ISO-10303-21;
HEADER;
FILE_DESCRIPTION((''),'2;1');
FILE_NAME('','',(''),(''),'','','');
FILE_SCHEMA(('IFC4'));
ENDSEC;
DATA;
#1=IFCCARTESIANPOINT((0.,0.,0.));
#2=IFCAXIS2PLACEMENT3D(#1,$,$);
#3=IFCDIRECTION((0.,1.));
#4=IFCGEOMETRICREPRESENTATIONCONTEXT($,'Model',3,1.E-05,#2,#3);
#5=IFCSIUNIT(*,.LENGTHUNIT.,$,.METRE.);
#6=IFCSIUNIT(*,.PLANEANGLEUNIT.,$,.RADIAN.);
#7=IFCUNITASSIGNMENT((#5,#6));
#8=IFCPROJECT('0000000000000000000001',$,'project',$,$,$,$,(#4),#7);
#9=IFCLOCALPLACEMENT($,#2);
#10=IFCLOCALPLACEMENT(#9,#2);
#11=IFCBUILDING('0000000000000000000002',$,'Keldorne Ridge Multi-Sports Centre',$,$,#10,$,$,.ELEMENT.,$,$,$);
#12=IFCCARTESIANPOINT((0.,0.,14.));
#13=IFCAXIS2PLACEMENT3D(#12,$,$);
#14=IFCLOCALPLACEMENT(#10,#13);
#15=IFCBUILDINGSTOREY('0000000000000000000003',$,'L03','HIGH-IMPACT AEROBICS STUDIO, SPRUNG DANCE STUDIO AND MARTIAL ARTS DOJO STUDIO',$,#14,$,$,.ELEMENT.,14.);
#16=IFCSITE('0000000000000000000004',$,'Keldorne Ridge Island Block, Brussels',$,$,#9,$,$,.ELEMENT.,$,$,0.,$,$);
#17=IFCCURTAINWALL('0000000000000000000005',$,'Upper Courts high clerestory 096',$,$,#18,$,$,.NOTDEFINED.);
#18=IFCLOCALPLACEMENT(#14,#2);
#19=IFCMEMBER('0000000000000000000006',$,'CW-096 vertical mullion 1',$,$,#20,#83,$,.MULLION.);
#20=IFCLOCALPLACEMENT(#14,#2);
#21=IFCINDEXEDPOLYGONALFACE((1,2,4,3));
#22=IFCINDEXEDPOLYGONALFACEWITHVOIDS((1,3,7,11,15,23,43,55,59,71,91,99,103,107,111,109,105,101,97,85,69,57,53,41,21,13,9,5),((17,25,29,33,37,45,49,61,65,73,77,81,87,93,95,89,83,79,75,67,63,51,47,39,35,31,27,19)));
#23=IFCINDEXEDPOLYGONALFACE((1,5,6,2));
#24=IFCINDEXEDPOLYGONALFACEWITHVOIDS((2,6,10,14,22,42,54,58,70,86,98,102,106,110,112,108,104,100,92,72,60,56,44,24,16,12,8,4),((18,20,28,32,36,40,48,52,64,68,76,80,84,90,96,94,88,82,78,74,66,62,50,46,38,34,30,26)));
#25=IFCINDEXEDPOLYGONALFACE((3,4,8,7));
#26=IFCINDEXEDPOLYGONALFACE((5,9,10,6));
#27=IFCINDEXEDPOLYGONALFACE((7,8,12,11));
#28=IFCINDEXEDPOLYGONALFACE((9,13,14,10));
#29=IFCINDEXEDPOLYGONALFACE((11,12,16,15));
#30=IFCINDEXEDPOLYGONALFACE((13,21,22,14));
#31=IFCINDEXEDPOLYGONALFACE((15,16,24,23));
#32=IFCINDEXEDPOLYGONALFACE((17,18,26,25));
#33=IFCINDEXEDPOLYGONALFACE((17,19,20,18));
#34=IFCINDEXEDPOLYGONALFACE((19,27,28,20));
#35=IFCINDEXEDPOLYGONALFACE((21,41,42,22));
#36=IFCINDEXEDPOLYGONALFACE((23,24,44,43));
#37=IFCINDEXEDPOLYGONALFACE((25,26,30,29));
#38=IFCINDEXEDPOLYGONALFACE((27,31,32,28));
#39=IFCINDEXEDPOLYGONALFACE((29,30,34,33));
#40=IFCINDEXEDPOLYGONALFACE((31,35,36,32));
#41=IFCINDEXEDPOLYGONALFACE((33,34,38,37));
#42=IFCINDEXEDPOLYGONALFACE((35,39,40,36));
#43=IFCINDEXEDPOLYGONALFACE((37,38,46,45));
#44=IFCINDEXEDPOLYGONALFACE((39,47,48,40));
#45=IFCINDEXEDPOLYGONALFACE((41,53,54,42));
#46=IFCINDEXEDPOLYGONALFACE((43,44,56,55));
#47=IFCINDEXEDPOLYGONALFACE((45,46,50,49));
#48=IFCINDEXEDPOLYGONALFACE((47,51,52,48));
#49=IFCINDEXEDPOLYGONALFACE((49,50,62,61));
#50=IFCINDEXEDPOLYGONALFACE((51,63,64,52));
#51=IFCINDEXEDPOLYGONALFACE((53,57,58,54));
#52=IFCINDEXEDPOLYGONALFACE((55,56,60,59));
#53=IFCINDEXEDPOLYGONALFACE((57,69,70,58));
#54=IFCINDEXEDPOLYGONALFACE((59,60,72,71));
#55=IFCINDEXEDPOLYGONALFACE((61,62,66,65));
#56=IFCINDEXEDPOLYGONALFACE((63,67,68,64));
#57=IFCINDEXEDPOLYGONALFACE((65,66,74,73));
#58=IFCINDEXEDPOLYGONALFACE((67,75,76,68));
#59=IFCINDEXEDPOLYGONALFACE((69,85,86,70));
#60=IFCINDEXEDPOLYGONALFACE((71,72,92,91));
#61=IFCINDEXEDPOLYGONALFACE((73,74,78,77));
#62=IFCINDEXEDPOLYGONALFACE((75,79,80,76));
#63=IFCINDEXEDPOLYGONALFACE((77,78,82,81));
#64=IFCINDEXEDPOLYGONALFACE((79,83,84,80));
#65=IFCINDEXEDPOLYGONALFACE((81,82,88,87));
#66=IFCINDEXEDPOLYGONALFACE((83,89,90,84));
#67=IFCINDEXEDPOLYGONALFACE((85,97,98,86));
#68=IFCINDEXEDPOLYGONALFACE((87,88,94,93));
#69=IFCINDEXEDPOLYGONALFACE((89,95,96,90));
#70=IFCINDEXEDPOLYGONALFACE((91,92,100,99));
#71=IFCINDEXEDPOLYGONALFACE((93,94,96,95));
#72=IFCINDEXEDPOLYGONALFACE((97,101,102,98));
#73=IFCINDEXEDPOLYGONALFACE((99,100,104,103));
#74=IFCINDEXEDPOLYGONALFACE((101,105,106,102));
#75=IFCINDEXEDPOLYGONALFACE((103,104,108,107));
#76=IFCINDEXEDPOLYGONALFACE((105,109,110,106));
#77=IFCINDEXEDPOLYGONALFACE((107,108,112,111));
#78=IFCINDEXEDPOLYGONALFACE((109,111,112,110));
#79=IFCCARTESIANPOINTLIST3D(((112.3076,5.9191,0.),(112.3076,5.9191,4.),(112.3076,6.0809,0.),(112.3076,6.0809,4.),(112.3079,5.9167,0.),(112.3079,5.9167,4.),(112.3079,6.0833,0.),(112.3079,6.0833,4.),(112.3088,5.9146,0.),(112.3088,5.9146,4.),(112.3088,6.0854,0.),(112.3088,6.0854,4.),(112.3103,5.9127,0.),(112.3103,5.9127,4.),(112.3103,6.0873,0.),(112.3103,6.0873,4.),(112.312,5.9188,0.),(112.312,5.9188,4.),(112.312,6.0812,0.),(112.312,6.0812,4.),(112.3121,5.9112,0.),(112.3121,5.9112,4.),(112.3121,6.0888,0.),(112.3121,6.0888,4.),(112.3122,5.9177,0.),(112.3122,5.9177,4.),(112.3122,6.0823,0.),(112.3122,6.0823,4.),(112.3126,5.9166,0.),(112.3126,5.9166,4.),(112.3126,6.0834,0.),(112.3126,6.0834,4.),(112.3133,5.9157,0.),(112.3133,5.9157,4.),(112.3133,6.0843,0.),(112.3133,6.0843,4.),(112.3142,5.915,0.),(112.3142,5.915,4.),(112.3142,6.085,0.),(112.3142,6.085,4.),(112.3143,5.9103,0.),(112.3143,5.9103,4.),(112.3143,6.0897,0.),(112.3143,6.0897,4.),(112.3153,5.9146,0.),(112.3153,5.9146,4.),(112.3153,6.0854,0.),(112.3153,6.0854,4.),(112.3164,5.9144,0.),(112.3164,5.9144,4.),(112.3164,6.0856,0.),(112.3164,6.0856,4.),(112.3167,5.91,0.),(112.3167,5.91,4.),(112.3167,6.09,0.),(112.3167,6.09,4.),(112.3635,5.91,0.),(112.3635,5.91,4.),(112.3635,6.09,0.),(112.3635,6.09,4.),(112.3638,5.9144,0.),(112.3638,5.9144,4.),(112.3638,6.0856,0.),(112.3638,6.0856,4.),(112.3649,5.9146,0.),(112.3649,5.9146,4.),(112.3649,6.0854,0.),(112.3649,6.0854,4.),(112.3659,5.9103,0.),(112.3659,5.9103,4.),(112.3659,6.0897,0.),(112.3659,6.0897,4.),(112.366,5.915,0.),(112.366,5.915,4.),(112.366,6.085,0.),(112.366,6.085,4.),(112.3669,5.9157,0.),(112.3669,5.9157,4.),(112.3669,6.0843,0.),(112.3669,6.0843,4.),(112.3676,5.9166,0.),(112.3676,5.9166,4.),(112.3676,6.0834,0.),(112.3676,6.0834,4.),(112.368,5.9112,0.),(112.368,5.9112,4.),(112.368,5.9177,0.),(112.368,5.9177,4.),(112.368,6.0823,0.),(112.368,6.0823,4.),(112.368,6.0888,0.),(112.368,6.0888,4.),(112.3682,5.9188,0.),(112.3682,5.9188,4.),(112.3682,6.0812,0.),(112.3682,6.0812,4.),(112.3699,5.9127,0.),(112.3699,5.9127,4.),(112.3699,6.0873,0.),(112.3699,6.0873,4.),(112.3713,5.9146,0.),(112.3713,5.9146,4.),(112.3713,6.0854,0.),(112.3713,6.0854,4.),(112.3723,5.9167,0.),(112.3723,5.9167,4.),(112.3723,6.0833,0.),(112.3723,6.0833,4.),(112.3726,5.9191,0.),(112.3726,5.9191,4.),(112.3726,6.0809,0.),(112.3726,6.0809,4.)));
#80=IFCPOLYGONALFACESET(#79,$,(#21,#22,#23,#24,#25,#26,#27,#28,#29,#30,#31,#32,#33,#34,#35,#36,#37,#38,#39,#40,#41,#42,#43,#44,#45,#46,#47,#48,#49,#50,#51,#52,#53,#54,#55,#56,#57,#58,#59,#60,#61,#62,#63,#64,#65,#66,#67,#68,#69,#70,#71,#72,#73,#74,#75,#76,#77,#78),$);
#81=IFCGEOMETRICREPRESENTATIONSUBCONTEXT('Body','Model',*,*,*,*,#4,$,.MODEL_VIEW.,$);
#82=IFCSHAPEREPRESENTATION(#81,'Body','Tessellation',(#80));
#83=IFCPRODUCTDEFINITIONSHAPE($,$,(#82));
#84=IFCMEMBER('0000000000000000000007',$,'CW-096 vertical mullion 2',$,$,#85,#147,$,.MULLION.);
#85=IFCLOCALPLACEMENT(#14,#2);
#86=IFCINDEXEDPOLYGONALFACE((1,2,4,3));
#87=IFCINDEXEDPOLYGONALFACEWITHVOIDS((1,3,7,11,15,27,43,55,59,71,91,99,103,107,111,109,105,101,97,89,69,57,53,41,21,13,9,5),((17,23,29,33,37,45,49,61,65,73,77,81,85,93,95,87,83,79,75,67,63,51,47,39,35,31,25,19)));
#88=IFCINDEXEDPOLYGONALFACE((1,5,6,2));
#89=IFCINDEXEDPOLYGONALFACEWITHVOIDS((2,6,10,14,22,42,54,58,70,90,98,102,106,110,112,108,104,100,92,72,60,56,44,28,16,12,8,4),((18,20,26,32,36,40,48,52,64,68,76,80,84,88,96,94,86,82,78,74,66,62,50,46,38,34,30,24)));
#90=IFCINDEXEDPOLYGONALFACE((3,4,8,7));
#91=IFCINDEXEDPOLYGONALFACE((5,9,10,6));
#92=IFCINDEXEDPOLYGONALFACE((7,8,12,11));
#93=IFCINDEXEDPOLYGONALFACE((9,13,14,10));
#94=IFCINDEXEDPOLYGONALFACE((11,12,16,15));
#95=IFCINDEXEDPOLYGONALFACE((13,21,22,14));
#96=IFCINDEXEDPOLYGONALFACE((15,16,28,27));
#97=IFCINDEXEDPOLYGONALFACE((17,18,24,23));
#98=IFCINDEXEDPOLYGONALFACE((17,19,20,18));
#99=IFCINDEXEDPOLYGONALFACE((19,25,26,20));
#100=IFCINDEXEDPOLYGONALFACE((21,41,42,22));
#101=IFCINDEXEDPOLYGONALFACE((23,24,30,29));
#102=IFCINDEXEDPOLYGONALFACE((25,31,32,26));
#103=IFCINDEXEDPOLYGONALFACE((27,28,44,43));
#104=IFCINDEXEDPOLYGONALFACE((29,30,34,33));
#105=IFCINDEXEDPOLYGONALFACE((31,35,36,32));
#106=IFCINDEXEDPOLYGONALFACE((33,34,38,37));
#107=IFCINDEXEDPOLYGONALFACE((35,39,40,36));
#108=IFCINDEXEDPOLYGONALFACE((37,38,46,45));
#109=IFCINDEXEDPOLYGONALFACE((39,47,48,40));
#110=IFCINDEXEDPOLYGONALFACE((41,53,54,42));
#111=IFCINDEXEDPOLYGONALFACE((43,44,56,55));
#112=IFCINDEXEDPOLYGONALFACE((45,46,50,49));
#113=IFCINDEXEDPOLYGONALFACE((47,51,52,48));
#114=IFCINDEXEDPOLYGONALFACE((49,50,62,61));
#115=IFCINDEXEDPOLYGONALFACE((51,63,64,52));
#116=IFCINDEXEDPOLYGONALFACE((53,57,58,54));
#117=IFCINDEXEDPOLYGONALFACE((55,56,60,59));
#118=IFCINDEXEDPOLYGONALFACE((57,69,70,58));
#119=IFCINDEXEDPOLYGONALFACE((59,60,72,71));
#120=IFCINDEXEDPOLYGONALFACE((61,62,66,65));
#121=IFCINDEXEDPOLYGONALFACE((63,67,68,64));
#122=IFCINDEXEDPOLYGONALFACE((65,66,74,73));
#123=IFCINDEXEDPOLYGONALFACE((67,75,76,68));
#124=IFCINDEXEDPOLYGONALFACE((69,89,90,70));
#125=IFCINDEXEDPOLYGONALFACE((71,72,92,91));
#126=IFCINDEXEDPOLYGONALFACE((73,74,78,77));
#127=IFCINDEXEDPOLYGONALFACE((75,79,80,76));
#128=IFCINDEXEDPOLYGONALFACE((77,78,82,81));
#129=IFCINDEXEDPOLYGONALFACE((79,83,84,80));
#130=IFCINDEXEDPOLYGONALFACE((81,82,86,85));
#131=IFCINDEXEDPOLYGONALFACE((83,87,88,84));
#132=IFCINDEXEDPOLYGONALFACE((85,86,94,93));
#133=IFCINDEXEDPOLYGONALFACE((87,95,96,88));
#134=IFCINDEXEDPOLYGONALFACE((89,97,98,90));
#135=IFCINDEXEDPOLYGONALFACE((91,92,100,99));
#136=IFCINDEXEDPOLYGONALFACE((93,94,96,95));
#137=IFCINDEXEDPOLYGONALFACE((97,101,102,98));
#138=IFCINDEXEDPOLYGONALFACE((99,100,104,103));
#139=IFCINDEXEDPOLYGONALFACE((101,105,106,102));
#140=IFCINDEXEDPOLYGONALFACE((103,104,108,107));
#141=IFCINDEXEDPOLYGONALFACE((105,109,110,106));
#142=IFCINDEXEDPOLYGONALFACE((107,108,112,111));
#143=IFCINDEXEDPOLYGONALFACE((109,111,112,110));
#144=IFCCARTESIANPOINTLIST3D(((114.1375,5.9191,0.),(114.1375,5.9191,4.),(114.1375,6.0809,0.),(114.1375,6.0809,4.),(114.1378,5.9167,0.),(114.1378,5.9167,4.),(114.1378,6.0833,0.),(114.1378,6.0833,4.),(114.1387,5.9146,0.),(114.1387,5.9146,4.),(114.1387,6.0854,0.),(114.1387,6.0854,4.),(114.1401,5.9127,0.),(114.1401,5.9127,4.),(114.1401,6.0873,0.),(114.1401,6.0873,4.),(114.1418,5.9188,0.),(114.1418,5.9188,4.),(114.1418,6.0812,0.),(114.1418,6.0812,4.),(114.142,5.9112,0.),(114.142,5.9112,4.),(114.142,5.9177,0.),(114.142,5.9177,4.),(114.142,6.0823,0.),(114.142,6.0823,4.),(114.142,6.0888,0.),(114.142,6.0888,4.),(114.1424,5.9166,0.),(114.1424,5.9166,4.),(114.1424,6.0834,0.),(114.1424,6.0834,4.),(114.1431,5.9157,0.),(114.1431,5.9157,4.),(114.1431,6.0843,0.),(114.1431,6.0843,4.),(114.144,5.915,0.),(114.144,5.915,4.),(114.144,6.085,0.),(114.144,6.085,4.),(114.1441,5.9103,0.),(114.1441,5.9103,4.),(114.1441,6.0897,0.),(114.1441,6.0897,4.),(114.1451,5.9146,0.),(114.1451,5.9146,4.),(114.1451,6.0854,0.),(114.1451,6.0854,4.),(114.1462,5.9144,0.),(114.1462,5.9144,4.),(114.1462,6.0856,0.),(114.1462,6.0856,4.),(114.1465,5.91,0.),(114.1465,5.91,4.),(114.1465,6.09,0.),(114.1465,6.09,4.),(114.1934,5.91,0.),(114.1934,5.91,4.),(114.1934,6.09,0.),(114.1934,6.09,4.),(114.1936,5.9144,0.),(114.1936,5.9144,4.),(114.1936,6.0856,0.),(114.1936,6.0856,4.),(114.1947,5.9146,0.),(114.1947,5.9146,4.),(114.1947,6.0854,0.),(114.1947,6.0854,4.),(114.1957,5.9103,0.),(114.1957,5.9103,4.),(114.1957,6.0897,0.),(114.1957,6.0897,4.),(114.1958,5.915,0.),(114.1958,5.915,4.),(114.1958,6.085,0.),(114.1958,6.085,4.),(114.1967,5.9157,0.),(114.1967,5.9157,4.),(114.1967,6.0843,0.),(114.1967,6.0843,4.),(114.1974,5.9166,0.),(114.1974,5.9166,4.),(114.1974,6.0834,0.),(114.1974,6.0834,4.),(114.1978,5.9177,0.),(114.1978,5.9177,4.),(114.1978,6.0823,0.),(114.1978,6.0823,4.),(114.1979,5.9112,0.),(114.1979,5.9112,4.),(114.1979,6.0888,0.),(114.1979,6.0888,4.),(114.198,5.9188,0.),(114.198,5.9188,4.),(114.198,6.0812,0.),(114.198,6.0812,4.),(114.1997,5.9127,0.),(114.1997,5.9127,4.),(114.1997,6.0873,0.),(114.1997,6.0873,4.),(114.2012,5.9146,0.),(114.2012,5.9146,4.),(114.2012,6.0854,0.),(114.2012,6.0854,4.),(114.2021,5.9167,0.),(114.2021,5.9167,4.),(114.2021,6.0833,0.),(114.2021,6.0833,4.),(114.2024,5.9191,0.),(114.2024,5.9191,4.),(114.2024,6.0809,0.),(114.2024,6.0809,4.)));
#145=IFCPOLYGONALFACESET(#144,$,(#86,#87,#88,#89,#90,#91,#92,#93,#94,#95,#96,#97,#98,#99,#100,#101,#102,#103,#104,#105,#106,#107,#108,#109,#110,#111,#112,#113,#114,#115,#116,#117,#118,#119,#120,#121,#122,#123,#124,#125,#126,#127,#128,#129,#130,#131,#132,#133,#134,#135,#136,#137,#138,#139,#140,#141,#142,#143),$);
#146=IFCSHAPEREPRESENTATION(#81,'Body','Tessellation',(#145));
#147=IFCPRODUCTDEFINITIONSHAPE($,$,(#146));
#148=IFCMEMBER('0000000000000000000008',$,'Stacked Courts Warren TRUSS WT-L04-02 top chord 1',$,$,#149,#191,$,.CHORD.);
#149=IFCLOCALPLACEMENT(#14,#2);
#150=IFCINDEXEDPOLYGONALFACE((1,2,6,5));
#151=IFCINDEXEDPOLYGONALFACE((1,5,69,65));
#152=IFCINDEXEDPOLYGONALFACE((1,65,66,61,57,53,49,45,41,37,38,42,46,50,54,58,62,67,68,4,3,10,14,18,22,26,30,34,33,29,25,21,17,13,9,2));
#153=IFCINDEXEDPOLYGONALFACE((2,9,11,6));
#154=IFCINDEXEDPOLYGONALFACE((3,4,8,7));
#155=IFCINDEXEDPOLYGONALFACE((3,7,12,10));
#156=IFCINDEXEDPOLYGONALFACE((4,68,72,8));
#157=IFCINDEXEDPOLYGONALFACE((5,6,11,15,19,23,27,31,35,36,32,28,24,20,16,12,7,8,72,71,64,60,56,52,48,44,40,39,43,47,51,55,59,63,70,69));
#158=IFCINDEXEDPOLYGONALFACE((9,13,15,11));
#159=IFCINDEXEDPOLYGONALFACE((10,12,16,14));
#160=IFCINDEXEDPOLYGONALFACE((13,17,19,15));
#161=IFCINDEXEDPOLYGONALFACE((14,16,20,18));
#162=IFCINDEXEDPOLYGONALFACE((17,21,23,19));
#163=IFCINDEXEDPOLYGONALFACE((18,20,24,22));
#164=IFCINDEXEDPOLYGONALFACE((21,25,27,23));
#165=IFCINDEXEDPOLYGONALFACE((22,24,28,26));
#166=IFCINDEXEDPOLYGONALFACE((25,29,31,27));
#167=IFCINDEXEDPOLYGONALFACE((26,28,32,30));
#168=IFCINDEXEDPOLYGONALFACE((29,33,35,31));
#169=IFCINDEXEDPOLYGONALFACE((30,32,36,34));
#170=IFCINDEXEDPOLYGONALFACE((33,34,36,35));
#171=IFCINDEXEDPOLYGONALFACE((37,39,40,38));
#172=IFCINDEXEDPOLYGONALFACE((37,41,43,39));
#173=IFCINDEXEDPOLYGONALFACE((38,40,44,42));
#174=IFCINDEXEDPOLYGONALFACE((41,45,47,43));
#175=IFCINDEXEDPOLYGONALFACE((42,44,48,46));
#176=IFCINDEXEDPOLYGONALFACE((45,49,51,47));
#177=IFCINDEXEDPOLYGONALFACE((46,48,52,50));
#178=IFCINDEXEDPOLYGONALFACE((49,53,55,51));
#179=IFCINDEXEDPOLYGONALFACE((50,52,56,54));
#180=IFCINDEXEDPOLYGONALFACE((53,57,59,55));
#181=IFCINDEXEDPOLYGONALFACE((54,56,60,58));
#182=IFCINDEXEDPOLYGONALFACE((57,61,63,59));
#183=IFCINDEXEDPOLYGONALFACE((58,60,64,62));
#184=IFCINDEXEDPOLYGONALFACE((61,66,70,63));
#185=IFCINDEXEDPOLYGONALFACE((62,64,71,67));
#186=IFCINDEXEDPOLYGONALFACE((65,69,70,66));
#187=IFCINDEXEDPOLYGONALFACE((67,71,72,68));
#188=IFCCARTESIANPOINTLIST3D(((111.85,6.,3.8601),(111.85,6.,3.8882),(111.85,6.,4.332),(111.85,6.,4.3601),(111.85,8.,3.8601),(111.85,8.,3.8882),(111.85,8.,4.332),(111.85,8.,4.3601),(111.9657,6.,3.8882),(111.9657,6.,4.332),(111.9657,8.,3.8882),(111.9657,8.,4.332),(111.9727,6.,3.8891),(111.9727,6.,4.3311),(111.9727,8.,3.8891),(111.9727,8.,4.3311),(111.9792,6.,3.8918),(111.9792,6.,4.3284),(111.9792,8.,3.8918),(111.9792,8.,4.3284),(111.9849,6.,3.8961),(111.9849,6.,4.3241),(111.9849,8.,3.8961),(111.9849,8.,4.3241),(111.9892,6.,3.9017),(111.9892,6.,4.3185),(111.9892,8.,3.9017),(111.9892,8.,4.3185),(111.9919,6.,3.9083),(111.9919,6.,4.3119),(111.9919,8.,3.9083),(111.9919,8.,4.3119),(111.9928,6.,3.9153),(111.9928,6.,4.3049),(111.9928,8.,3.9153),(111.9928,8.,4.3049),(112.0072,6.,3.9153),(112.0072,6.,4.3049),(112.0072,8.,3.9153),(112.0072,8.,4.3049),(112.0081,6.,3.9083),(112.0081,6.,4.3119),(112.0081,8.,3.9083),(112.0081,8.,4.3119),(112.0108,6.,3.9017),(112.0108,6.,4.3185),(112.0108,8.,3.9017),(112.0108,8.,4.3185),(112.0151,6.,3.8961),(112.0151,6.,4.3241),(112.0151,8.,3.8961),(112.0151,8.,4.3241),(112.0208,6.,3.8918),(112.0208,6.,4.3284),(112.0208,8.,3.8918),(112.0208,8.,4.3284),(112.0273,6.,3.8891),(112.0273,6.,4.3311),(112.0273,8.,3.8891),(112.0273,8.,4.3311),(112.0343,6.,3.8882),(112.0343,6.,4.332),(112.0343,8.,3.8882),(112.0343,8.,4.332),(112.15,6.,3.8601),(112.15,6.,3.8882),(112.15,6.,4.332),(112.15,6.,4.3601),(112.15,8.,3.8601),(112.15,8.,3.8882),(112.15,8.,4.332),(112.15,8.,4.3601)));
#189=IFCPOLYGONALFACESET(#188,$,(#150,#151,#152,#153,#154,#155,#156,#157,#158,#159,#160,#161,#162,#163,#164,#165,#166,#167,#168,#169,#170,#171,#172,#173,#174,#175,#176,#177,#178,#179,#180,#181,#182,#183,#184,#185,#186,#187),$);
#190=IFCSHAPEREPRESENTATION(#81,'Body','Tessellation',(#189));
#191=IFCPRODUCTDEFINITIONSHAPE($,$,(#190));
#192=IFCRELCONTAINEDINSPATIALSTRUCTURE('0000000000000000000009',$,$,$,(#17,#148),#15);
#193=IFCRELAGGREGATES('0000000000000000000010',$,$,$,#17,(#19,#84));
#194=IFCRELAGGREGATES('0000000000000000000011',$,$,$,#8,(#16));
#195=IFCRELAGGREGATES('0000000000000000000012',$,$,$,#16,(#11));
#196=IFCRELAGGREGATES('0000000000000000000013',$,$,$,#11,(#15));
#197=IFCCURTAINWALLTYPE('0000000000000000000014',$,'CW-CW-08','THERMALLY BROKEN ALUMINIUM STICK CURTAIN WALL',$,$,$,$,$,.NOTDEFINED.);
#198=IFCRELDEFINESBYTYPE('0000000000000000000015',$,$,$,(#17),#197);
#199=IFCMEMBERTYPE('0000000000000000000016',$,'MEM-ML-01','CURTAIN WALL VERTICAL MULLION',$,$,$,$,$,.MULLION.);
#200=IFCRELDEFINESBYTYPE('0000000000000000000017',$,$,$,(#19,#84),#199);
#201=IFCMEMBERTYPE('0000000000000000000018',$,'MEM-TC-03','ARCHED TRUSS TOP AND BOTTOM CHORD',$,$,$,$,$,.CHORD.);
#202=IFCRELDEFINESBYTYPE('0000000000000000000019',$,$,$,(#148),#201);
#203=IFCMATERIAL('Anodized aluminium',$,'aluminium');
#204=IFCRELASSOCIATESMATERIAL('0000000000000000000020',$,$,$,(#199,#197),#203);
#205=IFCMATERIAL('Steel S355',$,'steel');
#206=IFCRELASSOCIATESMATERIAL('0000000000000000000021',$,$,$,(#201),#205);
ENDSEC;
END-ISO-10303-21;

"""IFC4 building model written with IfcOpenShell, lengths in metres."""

from ifc_helpers import new_model, si_unit, direction, frame, origin, origin_2d, place, context, subcontext, project, spatial, hollow_rectangle, i_section, extrude, material, material_profile, profile_set, type_object, element, aggregate, save


model = new_model("IFC4")

# Units and contexts
model_context = context("Model", 3, precision=1e-05, world=origin(), true_north=direction((0.0, 1.0)))
body_context = subcontext(model_context, "Body", "Model", "MODEL_VIEW")
ifc_project = project(units=[si_unit("LENGTHUNIT", "METRE"), si_unit("PLANEANGLEUNIT", "RADIAN")], contexts=[model_context])

# Site, building, storey
site_placement = place(None, origin())
site = spatial("IfcSite", under=ifc_project, at=site_placement, Name="Keldorne Ridge Island Block, Brussels", CompositionType="ELEMENT", RefElevation=0.0)
building_placement = place(site_placement, origin())
building = spatial("IfcBuilding", under=site, at=building_placement, Name="Keldorne Ridge Multi-Sports Centre", CompositionType="ELEMENT")
storey_placement = place(building_placement, frame((0.0, 0.0, 14.0)))
storey = spatial("IfcBuildingStorey", under=building, at=storey_placement, Name="L03", Description="HIGH-IMPACT AEROBICS STUDIO, SPRUNG DANCE STUDIO AND MARTIAL ARTS DOJO STUDIO", CompositionType="ELEMENT", Elevation=14.0)

# Shared definitions
ifc_material_1 = material(Name="Steel S355", Category="steel")

# Shared definitions
ifc_material_2 = material(Name="Anodized aluminium", Category="aluminium")
ifc_material_profile_1 = material_profile(ifc_material_2, hollow_rectangle(XDim=0.0649, YDim=0.1799, WallThickness=0.0044, InnerFilletRadius=0.0044, OuterFilletRadius=0.009, at=origin_2d()), Name="ALU MULLION 180x65x4.5")
ifc_profile_set_1 = profile_set([ifc_material_profile_1], Name="Anodized aluminium")
member_type_1 = type_object("IfcMemberType", Name="MEM-ML-01", Description="CURTAIN WALL VERTICAL MULLION", PredefinedType="MULLION", material=ifc_profile_set_1)

# Curtain wall, members
curtain_wall_type_1 = type_object("IfcCurtainWallType", Name="CW-CW-08", Description="THERMALLY BROKEN ALUMINIUM STICK CURTAIN WALL", PredefinedType="NOTDEFINED", material=ifc_material_2)
curtain_wall_1_placement = place(storey_placement, origin())
curtain_wall_1 = element("IfcCurtainWall", 1, at=curtain_wall_1_placement, inside=storey, type_object=curtain_wall_type_1, Name="Upper Courts high clerestory 096", PredefinedType="NOTDEFINED")
member_1_placement = place(storey_placement, frame((112.3401, 6.0, 0.0), z_axis=(0.0, 0.0, 1.0), x_axis=(1.0, 0.0, 0.0)))
member_1 = element("IfcMember", 2, at=member_1_placement, type_object=member_type_1, Name="CW-096 vertical mullion 1", PredefinedType="MULLION", context=body_context, shape_type="SweptSolid", body=[
    extrude(hollow_rectangle(XDim=0.0649, YDim=0.1799, WallThickness=0.0044, InnerFilletRadius=0.0044, OuterFilletRadius=0.009, at=origin_2d()), origin(), (0.0, 0.0, 1.0), 4.0),
])
member_2_placement = place(storey_placement, frame((114.1699, 6.0, 0.0), z_axis=(0.0, 0.0, 1.0), x_axis=(1.0, 0.0, 0.0)))
member_2 = element("IfcMember", 3, at=member_2_placement, type_object=member_type_1, Name="CW-096 vertical mullion 2", PredefinedType="MULLION", context=body_context, shape_type="SweptSolid", body=[
    extrude(hollow_rectangle(XDim=0.0649, YDim=0.1799, WallThickness=0.0044, InnerFilletRadius=0.0044, OuterFilletRadius=0.009, at=origin_2d()), origin(), (0.0, 0.0, 1.0), 4.0),
])

# Member
ifc_material_profile_2 = material_profile(ifc_material_1, i_section(OverallWidth=0.3, OverallDepth=0.5, WebThickness=0.0144, FlangeThickness=0.0281, FilletRadius=0.0271, at=origin_2d()), Name="HEB 500")
ifc_profile_set_2 = profile_set([ifc_material_profile_2], Name="Steel S355")
member_type_2 = type_object("IfcMemberType", Name="MEM-TC-03", Description="ARCHED TRUSS TOP AND BOTTOM CHORD", PredefinedType="CHORD", material=ifc_profile_set_2)
for number, where, z_axis, x_axis, name in (
    (4, (112.0, 6.0, 4.1101), (0.0, 1.0, 0.0), (-1.0, 0.0, 0.0), "Stacked Courts Warren TRUSS WT-L04-02 top chord 1"),
):
    element("IfcMember", number, at=place(storey_placement, frame(where, z_axis=z_axis, x_axis=x_axis)), inside=storey, type_object=member_type_2, Name=name, PredefinedType="CHORD", context=body_context, shape_type="SweptSolid", body=[
        extrude(i_section(OverallWidth=0.3, OverallDepth=0.5, WebThickness=0.0144, FlangeThickness=0.0281, FilletRadius=0.0271, at=origin_2d()), origin(), (0.0, 0.0, 1.0), 2.0),
    ])

aggregate(curtain_wall_1, [member_1, member_2])

save(model, "model.ifc")
